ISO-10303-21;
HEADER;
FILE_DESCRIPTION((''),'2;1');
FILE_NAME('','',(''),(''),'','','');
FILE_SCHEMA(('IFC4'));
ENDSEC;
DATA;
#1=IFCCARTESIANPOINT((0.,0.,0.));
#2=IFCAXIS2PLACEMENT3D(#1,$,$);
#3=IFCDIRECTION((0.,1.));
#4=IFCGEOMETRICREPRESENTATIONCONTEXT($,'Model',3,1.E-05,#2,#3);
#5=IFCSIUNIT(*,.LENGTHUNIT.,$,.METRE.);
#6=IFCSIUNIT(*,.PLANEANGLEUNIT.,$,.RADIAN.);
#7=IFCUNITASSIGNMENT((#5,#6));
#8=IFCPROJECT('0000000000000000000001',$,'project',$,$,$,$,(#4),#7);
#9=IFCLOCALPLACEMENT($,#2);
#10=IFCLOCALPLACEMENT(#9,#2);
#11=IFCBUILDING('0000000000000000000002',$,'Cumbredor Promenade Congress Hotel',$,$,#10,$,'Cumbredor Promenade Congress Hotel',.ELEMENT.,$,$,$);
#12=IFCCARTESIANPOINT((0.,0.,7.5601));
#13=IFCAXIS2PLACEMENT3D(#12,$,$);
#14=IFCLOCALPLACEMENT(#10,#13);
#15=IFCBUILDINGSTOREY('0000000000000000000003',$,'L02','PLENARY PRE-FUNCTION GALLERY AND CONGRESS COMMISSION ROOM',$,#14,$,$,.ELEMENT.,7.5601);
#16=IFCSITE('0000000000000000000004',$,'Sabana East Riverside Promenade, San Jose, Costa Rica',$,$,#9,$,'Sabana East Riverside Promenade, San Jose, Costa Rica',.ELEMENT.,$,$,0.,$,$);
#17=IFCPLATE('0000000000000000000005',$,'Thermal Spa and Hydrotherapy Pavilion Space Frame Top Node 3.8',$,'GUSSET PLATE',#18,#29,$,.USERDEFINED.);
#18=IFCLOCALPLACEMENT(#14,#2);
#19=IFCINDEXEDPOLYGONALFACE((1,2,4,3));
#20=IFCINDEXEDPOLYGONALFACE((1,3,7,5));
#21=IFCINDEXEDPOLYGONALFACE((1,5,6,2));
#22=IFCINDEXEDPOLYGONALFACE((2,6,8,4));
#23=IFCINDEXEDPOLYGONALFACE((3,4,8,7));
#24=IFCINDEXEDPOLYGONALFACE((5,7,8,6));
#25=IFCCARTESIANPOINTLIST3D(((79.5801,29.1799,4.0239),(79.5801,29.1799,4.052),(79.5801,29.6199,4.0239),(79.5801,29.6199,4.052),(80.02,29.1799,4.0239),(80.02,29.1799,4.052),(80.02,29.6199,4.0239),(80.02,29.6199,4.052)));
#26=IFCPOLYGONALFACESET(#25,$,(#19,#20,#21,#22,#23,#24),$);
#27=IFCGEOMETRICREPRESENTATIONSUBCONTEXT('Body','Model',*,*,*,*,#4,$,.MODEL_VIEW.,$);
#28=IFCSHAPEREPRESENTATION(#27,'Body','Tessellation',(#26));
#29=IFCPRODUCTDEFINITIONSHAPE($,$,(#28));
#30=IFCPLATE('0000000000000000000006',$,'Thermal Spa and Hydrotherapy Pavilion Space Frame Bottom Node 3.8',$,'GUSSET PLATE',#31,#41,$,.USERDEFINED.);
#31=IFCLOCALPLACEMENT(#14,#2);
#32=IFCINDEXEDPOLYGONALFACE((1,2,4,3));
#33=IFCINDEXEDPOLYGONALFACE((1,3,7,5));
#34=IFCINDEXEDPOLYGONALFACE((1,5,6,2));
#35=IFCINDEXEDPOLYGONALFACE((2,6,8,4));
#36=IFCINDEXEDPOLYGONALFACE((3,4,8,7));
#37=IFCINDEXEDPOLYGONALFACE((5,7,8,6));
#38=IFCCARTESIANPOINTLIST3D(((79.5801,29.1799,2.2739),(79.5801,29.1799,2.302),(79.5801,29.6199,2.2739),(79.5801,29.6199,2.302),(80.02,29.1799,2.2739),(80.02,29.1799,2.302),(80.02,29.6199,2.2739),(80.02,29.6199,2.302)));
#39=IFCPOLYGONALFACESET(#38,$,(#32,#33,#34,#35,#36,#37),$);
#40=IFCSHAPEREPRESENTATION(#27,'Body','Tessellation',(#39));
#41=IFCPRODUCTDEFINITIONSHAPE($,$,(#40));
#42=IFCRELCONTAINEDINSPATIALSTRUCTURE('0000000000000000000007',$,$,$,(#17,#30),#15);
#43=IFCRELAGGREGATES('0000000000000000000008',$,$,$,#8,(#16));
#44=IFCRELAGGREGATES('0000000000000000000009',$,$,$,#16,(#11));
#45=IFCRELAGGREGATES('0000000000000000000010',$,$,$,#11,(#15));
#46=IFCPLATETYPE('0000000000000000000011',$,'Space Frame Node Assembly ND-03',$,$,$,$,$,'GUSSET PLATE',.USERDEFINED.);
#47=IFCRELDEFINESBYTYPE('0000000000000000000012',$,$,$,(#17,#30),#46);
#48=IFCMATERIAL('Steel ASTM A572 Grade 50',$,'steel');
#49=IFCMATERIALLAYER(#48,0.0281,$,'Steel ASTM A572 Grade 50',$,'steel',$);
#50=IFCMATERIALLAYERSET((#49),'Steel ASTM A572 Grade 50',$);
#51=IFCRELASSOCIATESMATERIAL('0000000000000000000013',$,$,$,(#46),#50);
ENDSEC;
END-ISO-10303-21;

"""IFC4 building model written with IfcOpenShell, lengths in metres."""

from ifc_helpers import new_model, si_unit, direction, frame, origin, origin_2d, place, context, subcontext, project, spatial, rectangle, extrude, material, layer, layer_set, type_object, element, save


model = new_model("IFC4")

# Units and contexts
model_context = context("Model", 3, precision=1e-05, world=origin(), true_north=direction((0.0, 1.0)))
body_context = subcontext(model_context, "Body", "Model", "MODEL_VIEW")
ifc_project = project(units=[si_unit("LENGTHUNIT", "METRE"), si_unit("PLANEANGLEUNIT", "RADIAN")], contexts=[model_context])

# Site, building, storey
site_placement = place(None, origin())
site = spatial("IfcSite", under=ifc_project, at=site_placement, Name="Sabana East Riverside Promenade, San Jose, Costa Rica", LongName="Sabana East Riverside Promenade, San Jose, Costa Rica", CompositionType="ELEMENT", RefElevation=0.0)
building_placement = place(site_placement, origin())
building = spatial("IfcBuilding", under=site, at=building_placement, Name="Cumbredor Promenade Congress Hotel", LongName="Cumbredor Promenade Congress Hotel", CompositionType="ELEMENT")
storey_placement = place(building_placement, frame((0.0, 0.0, 7.5601)))
storey = spatial("IfcBuildingStorey", under=building, at=storey_placement, Name="L02", Description="PLENARY PRE-FUNCTION GALLERY AND CONGRESS COMMISSION ROOM", CompositionType="ELEMENT", Elevation=7.5601)

# Plates
ifc_material_1 = material(Name="Steel ASTM A572 Grade 50", Category="steel")
ifc_layer_1 = layer(ifc_material_1, 0.0281, Name="Steel ASTM A572 Grade 50", Category="steel")
ifc_layer_set_1 = layer_set([ifc_layer_1], Name="Steel ASTM A572 Grade 50")
plate_type_1 = type_object("IfcPlateType", Name="Space Frame Node Assembly ND-03", ElementType="GUSSET PLATE", PredefinedType="USERDEFINED", material=ifc_layer_set_1)
for number, where, z_axis, x_axis, name in (
    (1, (79.8, 29.3999, 4.0239), (0.0, 0.0, 1.0), (1.0, 0.0, 0.0), "Thermal Spa and Hydrotherapy Pavilion Space Frame Top Node 3.8"),
    (2, (79.8, 29.3999, 2.2739), (0.0, 0.0, 1.0), (1.0, 0.0, 0.0), "Thermal Spa and Hydrotherapy Pavilion Space Frame Bottom Node 3.8"),
):
    element("IfcPlate", number, at=place(storey_placement, frame(where, z_axis=z_axis, x_axis=x_axis)), inside=storey, type_object=plate_type_1, Name=name, ObjectType="GUSSET PLATE", PredefinedType="USERDEFINED", context=body_context, shape_type="SweptSolid", body=[
        extrude(rectangle(XDim=0.4399, YDim=0.4399, at=origin_2d()), origin(), (0.0, 0.0, 1.0), 0.0281),
    ])

save(model, "model.ifc")
